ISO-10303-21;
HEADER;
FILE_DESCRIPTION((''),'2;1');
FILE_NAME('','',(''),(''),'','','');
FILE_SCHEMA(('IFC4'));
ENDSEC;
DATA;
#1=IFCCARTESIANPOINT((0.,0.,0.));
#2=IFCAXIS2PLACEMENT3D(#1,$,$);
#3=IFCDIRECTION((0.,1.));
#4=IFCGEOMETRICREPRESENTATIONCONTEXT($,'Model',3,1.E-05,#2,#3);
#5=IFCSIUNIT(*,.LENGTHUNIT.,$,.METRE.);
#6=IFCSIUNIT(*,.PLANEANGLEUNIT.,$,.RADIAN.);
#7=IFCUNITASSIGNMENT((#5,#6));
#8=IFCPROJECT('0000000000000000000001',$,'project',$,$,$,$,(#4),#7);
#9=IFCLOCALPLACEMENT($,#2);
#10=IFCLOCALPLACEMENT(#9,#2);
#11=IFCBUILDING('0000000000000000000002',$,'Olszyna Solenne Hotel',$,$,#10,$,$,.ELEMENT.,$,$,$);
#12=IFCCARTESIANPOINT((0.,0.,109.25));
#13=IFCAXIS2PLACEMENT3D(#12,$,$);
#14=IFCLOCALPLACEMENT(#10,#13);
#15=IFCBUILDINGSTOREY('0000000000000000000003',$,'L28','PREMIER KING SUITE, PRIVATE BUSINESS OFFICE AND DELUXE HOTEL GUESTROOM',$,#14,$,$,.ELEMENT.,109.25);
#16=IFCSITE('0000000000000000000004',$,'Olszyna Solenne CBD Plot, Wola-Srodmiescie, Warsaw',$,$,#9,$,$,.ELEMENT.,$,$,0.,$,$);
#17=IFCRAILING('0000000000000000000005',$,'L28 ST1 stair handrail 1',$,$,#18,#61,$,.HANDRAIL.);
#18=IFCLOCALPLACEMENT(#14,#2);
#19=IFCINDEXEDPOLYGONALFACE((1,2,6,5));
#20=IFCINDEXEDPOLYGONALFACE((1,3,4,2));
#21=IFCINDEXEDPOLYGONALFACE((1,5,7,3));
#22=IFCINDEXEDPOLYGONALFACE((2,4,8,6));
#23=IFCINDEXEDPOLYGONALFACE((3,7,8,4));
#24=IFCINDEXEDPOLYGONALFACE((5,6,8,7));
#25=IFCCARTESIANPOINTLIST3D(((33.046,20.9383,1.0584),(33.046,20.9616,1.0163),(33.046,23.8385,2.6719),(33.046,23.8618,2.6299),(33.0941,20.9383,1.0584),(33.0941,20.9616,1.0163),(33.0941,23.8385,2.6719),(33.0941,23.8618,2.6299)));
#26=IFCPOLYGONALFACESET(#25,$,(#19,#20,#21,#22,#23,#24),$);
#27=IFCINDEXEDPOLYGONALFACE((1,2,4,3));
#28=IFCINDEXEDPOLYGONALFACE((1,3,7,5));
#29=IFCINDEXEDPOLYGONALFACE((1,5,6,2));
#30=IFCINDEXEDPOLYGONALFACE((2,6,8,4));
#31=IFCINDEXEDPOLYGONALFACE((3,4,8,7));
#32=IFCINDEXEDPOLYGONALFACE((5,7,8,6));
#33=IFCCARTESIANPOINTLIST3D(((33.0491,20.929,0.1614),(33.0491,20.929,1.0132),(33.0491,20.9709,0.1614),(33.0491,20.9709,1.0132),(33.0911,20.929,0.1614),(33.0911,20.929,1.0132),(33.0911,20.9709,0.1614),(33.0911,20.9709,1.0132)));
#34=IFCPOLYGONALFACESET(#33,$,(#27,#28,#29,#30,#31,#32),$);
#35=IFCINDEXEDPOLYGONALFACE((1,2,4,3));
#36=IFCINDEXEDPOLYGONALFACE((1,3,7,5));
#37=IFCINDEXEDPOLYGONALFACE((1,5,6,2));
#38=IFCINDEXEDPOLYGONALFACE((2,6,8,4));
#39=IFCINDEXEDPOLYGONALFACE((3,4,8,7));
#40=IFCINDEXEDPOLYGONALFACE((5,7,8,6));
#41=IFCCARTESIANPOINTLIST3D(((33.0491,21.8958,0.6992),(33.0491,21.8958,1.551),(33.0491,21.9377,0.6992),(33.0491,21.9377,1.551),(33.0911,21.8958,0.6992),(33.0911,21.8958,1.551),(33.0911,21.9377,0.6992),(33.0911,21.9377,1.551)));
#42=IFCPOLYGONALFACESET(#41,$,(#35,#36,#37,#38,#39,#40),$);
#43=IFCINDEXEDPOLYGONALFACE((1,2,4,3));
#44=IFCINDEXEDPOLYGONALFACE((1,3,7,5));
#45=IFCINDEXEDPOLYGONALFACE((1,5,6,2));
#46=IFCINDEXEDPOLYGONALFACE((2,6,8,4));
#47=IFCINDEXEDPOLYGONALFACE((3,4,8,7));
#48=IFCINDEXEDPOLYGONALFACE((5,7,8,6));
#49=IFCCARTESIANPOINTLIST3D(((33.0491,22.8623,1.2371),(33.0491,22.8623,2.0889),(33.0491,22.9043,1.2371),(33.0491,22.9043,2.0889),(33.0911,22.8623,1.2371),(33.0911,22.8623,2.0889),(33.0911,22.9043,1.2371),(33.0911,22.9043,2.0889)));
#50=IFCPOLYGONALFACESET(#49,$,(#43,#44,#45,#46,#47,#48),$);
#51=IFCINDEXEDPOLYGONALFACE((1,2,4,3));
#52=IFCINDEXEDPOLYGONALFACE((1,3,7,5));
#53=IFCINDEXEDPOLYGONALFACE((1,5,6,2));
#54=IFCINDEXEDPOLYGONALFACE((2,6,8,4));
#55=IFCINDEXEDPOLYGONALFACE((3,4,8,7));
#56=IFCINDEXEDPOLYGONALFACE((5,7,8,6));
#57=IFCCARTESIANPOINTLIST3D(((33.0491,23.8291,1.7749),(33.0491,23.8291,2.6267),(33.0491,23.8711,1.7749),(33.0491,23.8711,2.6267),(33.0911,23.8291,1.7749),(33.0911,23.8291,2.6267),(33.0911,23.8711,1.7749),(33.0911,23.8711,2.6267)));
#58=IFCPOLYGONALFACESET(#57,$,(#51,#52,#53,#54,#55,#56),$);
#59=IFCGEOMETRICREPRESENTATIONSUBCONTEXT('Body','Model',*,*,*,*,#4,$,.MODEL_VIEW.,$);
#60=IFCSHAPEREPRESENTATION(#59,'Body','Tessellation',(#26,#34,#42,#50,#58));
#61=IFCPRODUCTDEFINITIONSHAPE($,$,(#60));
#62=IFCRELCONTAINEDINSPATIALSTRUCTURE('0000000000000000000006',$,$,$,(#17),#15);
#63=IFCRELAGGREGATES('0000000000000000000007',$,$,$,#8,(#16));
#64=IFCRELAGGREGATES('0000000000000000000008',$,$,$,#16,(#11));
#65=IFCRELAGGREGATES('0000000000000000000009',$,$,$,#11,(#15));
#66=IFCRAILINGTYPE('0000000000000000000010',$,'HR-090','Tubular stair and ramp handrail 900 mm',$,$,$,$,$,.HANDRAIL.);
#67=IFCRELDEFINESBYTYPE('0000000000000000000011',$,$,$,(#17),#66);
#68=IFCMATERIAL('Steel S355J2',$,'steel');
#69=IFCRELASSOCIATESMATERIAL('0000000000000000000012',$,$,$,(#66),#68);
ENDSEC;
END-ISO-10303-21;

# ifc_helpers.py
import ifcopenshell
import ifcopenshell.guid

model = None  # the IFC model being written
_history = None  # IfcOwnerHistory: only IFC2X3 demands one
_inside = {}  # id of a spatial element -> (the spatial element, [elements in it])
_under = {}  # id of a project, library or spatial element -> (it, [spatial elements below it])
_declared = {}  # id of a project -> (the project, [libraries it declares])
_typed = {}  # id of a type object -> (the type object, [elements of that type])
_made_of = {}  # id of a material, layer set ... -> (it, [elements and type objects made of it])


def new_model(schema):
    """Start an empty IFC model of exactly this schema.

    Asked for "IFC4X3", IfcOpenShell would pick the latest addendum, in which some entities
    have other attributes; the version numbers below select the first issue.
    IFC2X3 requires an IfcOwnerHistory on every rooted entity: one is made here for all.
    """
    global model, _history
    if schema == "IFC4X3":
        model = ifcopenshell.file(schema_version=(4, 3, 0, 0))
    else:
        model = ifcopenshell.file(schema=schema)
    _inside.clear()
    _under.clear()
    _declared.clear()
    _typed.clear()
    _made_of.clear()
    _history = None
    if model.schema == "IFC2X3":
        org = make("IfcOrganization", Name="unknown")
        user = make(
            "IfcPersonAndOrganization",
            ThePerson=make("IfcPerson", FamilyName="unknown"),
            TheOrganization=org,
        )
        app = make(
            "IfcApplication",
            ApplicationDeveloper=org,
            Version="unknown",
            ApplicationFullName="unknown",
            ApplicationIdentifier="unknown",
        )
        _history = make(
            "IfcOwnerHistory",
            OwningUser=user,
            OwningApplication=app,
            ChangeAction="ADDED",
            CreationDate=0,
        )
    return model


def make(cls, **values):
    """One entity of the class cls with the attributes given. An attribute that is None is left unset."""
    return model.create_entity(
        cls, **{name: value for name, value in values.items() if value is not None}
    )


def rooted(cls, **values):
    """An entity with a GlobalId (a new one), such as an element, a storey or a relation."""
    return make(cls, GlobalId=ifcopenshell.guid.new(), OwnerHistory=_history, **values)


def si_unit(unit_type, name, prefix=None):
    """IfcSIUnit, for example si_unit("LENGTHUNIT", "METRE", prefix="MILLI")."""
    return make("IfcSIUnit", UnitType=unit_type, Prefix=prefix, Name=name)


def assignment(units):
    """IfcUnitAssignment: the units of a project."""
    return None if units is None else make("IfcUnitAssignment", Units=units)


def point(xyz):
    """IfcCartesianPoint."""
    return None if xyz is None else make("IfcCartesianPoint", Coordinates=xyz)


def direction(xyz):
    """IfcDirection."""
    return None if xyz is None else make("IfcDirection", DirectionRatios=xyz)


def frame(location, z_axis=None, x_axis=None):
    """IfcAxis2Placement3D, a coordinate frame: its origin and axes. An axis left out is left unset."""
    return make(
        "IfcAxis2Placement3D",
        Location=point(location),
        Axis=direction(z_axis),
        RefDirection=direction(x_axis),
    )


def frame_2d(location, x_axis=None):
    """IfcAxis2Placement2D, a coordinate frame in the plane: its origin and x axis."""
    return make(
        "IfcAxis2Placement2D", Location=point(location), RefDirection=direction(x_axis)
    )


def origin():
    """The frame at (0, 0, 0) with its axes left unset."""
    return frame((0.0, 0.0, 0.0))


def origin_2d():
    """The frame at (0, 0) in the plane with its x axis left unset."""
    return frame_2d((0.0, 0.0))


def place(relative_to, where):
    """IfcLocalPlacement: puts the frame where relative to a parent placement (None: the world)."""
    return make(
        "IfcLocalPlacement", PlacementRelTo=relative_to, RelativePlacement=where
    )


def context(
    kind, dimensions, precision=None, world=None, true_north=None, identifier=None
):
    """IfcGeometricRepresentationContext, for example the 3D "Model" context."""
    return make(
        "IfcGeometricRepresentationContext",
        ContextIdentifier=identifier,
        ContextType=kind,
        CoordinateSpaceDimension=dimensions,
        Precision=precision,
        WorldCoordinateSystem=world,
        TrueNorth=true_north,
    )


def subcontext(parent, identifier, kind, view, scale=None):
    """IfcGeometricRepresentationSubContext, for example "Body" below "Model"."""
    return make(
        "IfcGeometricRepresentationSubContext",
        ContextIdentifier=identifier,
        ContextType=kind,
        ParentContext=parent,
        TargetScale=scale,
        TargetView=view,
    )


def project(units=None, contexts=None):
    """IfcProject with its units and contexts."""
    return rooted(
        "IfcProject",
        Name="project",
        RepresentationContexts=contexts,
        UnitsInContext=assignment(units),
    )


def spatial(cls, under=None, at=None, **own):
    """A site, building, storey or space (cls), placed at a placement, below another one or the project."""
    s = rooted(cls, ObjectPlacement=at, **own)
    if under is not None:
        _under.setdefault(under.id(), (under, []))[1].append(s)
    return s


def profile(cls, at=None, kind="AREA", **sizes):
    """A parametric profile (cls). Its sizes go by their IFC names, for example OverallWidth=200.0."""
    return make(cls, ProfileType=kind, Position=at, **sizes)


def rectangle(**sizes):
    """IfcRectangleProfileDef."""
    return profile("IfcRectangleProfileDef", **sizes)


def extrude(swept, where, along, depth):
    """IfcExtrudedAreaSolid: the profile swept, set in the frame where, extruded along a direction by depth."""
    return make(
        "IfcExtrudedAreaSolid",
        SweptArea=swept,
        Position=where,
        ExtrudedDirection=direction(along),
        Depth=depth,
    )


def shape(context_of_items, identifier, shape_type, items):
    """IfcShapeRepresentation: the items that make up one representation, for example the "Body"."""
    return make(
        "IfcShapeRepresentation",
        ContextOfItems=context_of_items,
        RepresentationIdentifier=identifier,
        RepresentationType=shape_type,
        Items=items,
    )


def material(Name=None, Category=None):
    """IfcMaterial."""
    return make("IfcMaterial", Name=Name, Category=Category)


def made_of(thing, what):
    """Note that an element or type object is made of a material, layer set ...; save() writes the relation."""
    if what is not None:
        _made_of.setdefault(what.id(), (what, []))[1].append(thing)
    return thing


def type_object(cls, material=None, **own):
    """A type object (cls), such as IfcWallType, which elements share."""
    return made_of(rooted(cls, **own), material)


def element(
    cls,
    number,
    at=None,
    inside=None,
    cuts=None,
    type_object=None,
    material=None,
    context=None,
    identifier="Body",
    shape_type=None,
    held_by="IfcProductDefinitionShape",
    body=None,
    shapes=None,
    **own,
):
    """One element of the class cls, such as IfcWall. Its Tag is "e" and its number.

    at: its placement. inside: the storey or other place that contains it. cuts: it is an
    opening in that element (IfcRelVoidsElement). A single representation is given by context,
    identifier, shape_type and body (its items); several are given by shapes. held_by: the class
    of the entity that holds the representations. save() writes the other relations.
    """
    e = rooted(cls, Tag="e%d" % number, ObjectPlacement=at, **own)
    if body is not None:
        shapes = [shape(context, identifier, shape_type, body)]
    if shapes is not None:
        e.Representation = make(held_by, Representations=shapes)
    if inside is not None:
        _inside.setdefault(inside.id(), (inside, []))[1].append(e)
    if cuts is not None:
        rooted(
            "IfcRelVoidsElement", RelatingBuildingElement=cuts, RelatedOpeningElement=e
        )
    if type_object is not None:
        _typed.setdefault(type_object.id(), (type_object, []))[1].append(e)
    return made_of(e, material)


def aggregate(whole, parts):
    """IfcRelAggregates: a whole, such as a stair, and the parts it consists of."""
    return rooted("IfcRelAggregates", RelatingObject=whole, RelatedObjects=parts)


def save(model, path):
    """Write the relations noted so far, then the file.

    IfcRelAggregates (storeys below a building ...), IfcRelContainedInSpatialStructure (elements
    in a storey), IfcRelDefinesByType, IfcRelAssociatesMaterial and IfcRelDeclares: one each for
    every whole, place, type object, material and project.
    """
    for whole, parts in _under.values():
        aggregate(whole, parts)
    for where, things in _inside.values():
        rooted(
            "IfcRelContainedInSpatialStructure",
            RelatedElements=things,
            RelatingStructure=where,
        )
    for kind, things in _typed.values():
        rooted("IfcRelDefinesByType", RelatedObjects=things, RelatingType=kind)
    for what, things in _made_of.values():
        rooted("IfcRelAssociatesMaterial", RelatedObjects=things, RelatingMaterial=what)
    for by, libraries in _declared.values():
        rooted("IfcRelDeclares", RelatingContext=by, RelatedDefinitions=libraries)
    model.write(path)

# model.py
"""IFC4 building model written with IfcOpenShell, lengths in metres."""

from ifc_helpers import new_model, si_unit, direction, frame, origin, origin_2d, place, context, subcontext, project, spatial, rectangle, extrude, material, type_object, element, save


model = new_model("IFC4")

# Units and contexts
model_context = context("Model", 3, precision=1e-05, world=origin(), true_north=direction((0.0, 1.0)))
body_context = subcontext(model_context, "Body", "Model", "MODEL_VIEW")
ifc_project = project(units=[si_unit("LENGTHUNIT", "METRE"), si_unit("PLANEANGLEUNIT", "RADIAN")], contexts=[model_context])

# Site, building, storey
site_placement = place(None, origin())
site = spatial("IfcSite", under=ifc_project, at=site_placement, Name="Olszyna Solenne CBD Plot, Wola-Srodmiescie, Warsaw", CompositionType="ELEMENT", RefElevation=0.0)
building_placement = place(site_placement, origin())
building = spatial("IfcBuilding", under=site, at=building_placement, Name="Olszyna Solenne Hotel", CompositionType="ELEMENT")
storey_placement = place(building_placement, frame((0.0, 0.0, 109.25)))
storey = spatial("IfcBuildingStorey", under=building, at=storey_placement, Name="L28", Description="PREMIER KING SUITE, PRIVATE BUSINESS OFFICE AND DELUXE HOTEL GUESTROOM", CompositionType="ELEMENT", Elevation=109.25)

# Shared definitions
ifc_material_1 = material(Name="Steel S355J2", Category="steel")

# Railing
railing_type = type_object("IfcRailingType", Name="HR-090", Description="Tubular stair and ramp handrail 900 mm", PredefinedType="HANDRAIL", material=ifc_material_1)
railing_placement = place(storey_placement, frame((33.0701, 20.95, 0.1614)))
element("IfcRailing", 1, at=railing_placement, inside=storey, type_object=railing_type, Name="L28 ST1 stair handrail 1", PredefinedType="HANDRAIL", context=body_context, shape_type="SweptSolid", body=[
    extrude(rectangle(XDim=0.0481, YDim=0.0481, at=origin_2d()), frame((0.0, 0.0, 0.876), z_axis=(0.0, 0.873859, 0.48618), x_axis=(-1.0, 0.0, 0.0)), (0.0, 0.0, 1.0), 3.3188),
    extrude(rectangle(XDim=0.042, YDim=0.042, at=origin_2d()), origin(), (0.0, 0.0, 1.0), 0.8518),
    extrude(rectangle(XDim=0.042, YDim=0.042, at=origin_2d()), frame((0.0, 0.9668, 0.5378)), (0.0, 0.0, 1.0), 0.8518),
    extrude(rectangle(XDim=0.042, YDim=0.042, at=origin_2d()), frame((0.0, 1.9333, 1.0757)), (0.0, 0.0, 1.0), 0.8518),
    extrude(rectangle(XDim=0.042, YDim=0.042, at=origin_2d()), frame((0.0, 2.9001, 1.6135)), (0.0, 0.0, 1.0), 0.8518),
])

save(model, "model.ifc")
